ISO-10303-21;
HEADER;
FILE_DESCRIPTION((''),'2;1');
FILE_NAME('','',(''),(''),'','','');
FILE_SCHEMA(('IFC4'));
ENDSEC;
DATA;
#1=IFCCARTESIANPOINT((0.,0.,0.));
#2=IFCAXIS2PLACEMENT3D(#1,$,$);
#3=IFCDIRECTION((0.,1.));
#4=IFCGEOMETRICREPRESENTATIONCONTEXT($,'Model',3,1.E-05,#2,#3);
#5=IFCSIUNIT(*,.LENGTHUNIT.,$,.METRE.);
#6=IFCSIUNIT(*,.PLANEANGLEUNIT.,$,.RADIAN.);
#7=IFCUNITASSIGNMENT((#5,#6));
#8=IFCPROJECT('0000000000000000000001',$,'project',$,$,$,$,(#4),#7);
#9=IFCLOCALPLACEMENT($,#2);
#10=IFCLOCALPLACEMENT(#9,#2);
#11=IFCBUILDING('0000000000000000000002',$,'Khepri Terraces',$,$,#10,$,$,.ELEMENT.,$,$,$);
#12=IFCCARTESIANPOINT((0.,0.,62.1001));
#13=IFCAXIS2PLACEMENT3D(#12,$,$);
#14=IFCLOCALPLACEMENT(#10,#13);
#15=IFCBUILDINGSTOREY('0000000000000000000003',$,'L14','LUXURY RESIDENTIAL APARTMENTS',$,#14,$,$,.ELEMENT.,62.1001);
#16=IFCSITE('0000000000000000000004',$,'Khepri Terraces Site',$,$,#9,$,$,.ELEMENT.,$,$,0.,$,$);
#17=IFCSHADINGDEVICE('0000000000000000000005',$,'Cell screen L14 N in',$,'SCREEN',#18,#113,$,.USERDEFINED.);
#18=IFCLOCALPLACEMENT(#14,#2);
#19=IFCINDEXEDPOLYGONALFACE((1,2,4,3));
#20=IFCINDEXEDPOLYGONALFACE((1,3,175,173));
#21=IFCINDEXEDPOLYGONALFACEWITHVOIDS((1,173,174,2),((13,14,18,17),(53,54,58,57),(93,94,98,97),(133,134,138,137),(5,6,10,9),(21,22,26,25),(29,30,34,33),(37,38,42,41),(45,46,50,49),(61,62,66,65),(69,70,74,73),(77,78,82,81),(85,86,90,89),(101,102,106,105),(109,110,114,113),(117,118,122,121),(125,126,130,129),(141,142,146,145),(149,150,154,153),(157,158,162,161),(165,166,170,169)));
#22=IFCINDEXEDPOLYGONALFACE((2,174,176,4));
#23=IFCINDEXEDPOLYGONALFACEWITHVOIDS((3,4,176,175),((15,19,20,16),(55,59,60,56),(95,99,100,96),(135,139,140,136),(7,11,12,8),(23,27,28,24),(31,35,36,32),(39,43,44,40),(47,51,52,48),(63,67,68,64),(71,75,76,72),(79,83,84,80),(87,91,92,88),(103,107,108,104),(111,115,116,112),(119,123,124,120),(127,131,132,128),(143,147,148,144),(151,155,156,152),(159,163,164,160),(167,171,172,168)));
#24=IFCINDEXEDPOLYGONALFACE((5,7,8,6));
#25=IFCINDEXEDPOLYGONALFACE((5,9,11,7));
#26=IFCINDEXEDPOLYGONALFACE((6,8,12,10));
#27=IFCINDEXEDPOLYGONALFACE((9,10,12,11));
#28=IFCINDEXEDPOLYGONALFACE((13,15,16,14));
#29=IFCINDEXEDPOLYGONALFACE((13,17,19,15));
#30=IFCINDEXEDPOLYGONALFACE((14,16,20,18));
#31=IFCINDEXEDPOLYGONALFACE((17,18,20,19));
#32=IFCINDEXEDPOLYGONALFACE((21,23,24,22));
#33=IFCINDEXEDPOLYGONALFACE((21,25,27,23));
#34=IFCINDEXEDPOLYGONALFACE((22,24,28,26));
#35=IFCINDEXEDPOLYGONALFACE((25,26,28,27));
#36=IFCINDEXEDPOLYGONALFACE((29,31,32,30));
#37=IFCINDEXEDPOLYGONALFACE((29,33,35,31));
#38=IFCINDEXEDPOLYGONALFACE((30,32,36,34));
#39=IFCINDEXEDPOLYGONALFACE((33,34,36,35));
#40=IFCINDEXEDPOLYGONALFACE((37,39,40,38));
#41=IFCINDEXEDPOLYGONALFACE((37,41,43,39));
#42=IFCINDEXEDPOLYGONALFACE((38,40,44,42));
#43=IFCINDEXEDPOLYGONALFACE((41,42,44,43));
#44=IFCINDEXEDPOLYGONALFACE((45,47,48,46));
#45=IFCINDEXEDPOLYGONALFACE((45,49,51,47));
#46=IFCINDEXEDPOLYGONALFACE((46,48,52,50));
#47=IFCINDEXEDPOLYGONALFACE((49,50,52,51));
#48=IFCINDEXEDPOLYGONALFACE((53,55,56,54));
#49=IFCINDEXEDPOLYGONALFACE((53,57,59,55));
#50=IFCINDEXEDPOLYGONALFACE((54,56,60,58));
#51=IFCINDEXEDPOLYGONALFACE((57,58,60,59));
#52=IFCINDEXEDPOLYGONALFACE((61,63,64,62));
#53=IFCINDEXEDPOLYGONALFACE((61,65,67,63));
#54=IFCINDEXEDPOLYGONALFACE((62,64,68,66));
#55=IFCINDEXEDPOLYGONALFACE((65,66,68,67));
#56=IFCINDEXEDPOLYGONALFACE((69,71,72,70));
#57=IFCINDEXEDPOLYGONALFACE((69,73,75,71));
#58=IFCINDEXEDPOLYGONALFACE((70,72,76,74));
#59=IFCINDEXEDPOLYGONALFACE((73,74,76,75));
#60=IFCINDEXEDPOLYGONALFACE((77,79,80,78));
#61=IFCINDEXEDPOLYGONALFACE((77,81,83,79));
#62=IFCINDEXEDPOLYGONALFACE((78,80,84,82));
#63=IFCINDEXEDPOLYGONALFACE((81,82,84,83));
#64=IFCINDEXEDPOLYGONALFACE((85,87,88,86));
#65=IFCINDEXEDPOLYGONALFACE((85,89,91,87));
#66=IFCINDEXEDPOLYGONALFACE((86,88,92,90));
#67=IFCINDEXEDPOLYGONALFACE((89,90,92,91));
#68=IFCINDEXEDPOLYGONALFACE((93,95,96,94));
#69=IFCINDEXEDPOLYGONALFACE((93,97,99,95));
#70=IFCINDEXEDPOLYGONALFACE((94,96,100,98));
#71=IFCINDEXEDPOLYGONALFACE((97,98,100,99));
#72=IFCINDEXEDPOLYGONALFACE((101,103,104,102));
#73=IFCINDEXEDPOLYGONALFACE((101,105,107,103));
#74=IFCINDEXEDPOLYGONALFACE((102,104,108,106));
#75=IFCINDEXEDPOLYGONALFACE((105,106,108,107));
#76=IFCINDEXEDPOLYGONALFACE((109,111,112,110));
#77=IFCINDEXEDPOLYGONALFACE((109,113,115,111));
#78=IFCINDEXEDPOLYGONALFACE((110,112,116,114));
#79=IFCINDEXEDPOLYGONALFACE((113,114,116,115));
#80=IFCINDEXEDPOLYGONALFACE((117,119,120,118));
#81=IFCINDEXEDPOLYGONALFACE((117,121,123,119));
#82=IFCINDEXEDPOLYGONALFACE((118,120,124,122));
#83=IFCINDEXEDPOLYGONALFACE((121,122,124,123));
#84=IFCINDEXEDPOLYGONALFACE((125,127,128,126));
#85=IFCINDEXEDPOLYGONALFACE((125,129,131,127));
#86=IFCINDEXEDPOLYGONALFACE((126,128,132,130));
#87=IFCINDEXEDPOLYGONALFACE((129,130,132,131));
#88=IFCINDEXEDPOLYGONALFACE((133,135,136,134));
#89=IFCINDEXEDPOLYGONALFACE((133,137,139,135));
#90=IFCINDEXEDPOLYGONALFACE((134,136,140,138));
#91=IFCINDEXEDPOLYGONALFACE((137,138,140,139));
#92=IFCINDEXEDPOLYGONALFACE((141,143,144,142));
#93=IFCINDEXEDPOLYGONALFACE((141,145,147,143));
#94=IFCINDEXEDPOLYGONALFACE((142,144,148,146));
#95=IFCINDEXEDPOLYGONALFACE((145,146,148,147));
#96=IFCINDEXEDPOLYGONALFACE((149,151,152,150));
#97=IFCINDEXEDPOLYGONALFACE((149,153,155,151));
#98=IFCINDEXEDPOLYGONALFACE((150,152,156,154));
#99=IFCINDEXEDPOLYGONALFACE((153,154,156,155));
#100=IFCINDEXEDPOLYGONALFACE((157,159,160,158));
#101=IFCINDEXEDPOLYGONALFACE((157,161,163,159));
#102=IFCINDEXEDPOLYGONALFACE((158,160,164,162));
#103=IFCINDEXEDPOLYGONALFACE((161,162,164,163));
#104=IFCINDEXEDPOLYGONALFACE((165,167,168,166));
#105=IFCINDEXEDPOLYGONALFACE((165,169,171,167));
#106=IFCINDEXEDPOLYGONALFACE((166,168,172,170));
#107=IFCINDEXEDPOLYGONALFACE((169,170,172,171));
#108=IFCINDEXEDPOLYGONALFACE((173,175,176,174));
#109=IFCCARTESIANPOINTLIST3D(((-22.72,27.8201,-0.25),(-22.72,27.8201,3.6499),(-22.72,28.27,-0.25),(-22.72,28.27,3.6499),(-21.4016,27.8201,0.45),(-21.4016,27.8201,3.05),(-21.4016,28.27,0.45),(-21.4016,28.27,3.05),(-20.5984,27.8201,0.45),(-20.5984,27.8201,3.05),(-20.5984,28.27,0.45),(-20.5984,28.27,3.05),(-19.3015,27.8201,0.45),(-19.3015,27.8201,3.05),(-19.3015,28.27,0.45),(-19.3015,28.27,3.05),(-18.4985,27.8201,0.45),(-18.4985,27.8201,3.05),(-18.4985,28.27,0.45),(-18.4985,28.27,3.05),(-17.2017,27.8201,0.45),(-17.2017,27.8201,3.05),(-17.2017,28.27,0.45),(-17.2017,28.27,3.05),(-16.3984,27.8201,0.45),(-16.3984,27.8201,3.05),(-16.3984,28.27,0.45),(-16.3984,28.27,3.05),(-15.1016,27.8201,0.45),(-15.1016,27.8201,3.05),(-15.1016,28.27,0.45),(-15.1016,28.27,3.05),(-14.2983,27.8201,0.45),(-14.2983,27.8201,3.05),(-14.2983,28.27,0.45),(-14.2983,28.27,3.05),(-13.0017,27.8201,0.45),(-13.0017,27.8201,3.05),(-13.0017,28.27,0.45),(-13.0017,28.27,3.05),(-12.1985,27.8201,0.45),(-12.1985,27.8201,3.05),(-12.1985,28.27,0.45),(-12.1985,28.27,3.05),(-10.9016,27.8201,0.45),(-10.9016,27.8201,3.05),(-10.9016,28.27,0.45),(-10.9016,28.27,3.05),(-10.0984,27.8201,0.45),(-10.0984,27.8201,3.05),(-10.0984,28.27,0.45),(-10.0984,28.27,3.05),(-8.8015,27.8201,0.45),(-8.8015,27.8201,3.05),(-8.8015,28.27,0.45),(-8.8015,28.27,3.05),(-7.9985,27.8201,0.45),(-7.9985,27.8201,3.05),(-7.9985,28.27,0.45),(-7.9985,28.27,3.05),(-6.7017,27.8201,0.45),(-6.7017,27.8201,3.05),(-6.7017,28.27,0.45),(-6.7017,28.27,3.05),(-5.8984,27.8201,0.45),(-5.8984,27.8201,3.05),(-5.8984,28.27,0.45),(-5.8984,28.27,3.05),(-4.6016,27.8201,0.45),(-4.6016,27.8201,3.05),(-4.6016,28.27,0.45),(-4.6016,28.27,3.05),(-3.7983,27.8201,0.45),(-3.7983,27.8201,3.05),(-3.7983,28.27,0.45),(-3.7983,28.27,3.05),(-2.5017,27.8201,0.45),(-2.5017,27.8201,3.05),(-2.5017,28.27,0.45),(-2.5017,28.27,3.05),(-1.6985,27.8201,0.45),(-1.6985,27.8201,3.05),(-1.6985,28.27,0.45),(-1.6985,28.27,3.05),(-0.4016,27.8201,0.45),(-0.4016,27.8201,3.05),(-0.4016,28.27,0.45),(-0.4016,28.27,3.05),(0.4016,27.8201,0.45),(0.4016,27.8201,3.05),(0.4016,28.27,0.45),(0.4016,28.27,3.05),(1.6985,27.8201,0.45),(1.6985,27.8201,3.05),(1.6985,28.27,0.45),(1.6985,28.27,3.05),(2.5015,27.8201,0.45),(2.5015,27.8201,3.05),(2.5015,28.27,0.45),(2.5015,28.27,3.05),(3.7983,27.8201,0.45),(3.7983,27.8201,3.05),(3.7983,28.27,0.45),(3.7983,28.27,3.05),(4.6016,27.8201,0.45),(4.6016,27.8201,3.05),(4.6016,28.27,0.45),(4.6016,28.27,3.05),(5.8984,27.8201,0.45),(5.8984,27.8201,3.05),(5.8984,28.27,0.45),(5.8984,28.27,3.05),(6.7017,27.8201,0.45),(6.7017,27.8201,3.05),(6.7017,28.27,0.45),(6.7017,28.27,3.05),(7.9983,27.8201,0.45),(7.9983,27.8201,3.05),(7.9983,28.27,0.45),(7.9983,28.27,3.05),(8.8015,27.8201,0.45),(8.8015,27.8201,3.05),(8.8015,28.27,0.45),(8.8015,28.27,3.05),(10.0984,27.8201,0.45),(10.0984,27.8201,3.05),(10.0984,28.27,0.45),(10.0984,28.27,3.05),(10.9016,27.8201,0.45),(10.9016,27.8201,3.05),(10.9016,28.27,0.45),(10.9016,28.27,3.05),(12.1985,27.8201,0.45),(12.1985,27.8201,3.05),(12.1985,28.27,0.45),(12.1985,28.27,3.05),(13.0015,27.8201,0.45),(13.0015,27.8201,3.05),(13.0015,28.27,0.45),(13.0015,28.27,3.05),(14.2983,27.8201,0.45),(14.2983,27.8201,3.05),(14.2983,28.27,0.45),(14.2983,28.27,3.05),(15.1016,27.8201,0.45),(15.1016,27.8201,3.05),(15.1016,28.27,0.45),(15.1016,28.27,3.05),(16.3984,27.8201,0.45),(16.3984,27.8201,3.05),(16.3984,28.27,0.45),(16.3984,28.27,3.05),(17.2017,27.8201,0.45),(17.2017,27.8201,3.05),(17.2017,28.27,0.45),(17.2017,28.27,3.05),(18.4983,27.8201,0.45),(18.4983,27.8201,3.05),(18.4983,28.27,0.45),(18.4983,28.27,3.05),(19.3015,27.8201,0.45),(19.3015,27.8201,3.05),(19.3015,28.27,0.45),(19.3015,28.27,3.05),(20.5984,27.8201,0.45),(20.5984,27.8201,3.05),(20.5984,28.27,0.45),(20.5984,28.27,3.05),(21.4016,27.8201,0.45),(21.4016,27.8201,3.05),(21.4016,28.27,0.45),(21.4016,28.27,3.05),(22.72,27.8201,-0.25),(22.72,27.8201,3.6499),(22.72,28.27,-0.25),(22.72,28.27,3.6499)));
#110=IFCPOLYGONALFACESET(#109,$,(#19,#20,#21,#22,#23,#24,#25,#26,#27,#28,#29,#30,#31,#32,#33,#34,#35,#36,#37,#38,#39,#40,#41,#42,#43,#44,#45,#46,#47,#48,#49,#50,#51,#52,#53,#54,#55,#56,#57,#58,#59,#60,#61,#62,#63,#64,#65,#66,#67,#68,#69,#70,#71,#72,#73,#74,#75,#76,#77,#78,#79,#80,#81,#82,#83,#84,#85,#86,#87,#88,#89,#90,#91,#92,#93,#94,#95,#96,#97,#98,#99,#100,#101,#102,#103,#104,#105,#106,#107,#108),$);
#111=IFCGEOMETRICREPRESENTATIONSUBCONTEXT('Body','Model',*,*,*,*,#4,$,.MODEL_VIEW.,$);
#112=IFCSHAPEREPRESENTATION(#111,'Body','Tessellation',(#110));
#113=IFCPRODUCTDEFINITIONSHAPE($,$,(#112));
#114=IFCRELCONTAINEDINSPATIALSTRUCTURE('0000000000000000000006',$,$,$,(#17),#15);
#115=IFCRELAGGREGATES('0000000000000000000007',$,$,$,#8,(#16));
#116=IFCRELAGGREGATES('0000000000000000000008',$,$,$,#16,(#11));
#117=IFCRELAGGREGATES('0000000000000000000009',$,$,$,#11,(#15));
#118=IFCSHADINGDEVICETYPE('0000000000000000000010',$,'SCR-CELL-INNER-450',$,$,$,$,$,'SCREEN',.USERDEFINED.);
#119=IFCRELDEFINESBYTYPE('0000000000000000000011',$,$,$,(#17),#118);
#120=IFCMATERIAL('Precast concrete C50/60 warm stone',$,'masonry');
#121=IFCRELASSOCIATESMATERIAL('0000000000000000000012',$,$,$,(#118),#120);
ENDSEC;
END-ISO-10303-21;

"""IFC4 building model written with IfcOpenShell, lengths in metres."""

from ifc_helpers import new_model, si_unit, direction, frame, origin, place, context, subcontext, project, spatial, polyline, outline, extrude, material, type_object, element, save


model = new_model("IFC4")

# Units and contexts
model_context = context("Model", 3, precision=1e-05, world=origin(), true_north=direction((0.0, 1.0)))
body_context = subcontext(model_context, "Body", "Model", "MODEL_VIEW")
ifc_project = project(units=[si_unit("LENGTHUNIT", "METRE"), si_unit("PLANEANGLEUNIT", "RADIAN")], contexts=[model_context])

# Site, building, storey
site_placement = place(None, origin())
site = spatial("IfcSite", under=ifc_project, at=site_placement, Name="Khepri Terraces Site", CompositionType="ELEMENT", RefElevation=0.0)
building_placement = place(site_placement, origin())
building = spatial("IfcBuilding", under=site, at=building_placement, Name="Khepri Terraces", CompositionType="ELEMENT")
storey_placement = place(building_placement, frame((0.0, 0.0, 62.1001)))
storey = spatial("IfcBuildingStorey", under=building, at=storey_placement, Name="L14", Description="LUXURY RESIDENTIAL APARTMENTS", CompositionType="ELEMENT", Elevation=62.1001)

# Shared definitions
ifc_material_1 = material(Name="Precast concrete C50/60 warm stone", Category="masonry")

# Shading device
shading_device_type_1 = type_object("IfcShadingDeviceType", Name="SCR-CELL-INNER-450", ElementType="SCREEN", PredefinedType="USERDEFINED", material=ifc_material_1)
shading_device_1_placement = place(storey_placement, frame((22.72, 27.8201, -0.25), z_axis=(0.0, 1.0, 0.0), x_axis=(-1.0, 0.0, 0.0)))
element("IfcShadingDevice", 1, at=shading_device_1_placement, inside=storey, type_object=shading_device_type_1, Name="Cell screen L14 N in", ObjectType="SCREEN", PredefinedType="USERDEFINED", context=body_context, shape_type="SweptSolid", body=[
    extrude(outline(polyline([(0.0, 0.0), (45.4399, 0.0), (45.4399, 3.8999), (0.0, 3.8999), (0.0, 0.0)]), holes=[polyline([(1.3184, 0.7), (2.1216, 0.7), (2.1216, 3.3), (1.3184, 3.3), (1.3184, 0.7)]), polyline([(3.4185, 0.7), (4.2217, 0.7), (4.2217, 3.3), (3.4185, 3.3), (3.4185, 0.7)]), polyline([(5.5183, 0.7), (6.3215, 0.7), (6.3215, 3.3), (5.5183, 3.3), (5.5183, 0.7)]), polyline([(7.6184, 0.7), (8.4216, 0.7), (8.4216, 3.3), (7.6184, 3.3), (7.6184, 0.7)]), polyline([(9.7185, 0.7), (10.5215, 0.7), (10.5215, 3.3), (9.7185, 3.3), (9.7185, 0.7)]), polyline([(11.8184, 0.7), (12.6216, 0.7), (12.6216, 3.3), (11.8184, 3.3), (11.8184, 0.7)]), polyline([(13.9185, 0.7), (14.7217, 0.7), (14.7217, 3.3), (13.9185, 3.3), (13.9185, 0.7)]), polyline([(16.0183, 0.7), (16.8215, 0.7), (16.8215, 3.3), (16.0183, 3.3), (16.0183, 0.7)]), polyline([(18.1184, 0.7), (18.9216, 0.7), (18.9216, 3.3), (18.1184, 3.3), (18.1184, 0.7)]), polyline([(20.2185, 0.7), (21.0215, 0.7), (21.0215, 3.3), (20.2185, 3.3), (20.2185, 0.7)]), polyline([(22.3184, 0.7), (23.1216, 0.7), (23.1216, 3.3), (22.3184, 3.3), (22.3184, 0.7)]), polyline([(24.4185, 0.7), (25.2217, 0.7), (25.2217, 3.3), (24.4185, 3.3), (24.4185, 0.7)]), polyline([(26.5183, 0.7), (27.3215, 0.7), (27.3215, 3.3), (26.5183, 3.3), (26.5183, 0.7)]), polyline([(28.6184, 0.7), (29.4216, 0.7), (29.4216, 3.3), (28.6184, 3.3), (28.6184, 0.7)]), polyline([(30.7185, 0.7), (31.5215, 0.7), (31.5215, 3.3), (30.7185, 3.3), (30.7185, 0.7)]), polyline([(32.8184, 0.7), (33.6216, 0.7), (33.6216, 3.3), (32.8184, 3.3), (32.8184, 0.7)]), polyline([(34.9185, 0.7), (35.7217, 0.7), (35.7217, 3.3), (34.9185, 3.3), (34.9185, 0.7)]), polyline([(37.0183, 0.7), (37.8215, 0.7), (37.8215, 3.3), (37.0183, 3.3), (37.0183, 0.7)]), polyline([(39.1184, 0.7), (39.9216, 0.7), (39.9216, 3.3), (39.1184, 3.3), (39.1184, 0.7)]), polyline([(41.2185, 0.7), (42.0215, 0.7), (42.0215, 3.3), (41.2185, 3.3), (41.2185, 0.7)]), polyline([(43.3184, 0.7), (44.1216, 0.7), (44.1216, 3.3), (43.3184, 3.3), (43.3184, 0.7)])]), origin(), (0.0, 0.0, 1.0), 0.45),
])

save(model, "model.ifc")
